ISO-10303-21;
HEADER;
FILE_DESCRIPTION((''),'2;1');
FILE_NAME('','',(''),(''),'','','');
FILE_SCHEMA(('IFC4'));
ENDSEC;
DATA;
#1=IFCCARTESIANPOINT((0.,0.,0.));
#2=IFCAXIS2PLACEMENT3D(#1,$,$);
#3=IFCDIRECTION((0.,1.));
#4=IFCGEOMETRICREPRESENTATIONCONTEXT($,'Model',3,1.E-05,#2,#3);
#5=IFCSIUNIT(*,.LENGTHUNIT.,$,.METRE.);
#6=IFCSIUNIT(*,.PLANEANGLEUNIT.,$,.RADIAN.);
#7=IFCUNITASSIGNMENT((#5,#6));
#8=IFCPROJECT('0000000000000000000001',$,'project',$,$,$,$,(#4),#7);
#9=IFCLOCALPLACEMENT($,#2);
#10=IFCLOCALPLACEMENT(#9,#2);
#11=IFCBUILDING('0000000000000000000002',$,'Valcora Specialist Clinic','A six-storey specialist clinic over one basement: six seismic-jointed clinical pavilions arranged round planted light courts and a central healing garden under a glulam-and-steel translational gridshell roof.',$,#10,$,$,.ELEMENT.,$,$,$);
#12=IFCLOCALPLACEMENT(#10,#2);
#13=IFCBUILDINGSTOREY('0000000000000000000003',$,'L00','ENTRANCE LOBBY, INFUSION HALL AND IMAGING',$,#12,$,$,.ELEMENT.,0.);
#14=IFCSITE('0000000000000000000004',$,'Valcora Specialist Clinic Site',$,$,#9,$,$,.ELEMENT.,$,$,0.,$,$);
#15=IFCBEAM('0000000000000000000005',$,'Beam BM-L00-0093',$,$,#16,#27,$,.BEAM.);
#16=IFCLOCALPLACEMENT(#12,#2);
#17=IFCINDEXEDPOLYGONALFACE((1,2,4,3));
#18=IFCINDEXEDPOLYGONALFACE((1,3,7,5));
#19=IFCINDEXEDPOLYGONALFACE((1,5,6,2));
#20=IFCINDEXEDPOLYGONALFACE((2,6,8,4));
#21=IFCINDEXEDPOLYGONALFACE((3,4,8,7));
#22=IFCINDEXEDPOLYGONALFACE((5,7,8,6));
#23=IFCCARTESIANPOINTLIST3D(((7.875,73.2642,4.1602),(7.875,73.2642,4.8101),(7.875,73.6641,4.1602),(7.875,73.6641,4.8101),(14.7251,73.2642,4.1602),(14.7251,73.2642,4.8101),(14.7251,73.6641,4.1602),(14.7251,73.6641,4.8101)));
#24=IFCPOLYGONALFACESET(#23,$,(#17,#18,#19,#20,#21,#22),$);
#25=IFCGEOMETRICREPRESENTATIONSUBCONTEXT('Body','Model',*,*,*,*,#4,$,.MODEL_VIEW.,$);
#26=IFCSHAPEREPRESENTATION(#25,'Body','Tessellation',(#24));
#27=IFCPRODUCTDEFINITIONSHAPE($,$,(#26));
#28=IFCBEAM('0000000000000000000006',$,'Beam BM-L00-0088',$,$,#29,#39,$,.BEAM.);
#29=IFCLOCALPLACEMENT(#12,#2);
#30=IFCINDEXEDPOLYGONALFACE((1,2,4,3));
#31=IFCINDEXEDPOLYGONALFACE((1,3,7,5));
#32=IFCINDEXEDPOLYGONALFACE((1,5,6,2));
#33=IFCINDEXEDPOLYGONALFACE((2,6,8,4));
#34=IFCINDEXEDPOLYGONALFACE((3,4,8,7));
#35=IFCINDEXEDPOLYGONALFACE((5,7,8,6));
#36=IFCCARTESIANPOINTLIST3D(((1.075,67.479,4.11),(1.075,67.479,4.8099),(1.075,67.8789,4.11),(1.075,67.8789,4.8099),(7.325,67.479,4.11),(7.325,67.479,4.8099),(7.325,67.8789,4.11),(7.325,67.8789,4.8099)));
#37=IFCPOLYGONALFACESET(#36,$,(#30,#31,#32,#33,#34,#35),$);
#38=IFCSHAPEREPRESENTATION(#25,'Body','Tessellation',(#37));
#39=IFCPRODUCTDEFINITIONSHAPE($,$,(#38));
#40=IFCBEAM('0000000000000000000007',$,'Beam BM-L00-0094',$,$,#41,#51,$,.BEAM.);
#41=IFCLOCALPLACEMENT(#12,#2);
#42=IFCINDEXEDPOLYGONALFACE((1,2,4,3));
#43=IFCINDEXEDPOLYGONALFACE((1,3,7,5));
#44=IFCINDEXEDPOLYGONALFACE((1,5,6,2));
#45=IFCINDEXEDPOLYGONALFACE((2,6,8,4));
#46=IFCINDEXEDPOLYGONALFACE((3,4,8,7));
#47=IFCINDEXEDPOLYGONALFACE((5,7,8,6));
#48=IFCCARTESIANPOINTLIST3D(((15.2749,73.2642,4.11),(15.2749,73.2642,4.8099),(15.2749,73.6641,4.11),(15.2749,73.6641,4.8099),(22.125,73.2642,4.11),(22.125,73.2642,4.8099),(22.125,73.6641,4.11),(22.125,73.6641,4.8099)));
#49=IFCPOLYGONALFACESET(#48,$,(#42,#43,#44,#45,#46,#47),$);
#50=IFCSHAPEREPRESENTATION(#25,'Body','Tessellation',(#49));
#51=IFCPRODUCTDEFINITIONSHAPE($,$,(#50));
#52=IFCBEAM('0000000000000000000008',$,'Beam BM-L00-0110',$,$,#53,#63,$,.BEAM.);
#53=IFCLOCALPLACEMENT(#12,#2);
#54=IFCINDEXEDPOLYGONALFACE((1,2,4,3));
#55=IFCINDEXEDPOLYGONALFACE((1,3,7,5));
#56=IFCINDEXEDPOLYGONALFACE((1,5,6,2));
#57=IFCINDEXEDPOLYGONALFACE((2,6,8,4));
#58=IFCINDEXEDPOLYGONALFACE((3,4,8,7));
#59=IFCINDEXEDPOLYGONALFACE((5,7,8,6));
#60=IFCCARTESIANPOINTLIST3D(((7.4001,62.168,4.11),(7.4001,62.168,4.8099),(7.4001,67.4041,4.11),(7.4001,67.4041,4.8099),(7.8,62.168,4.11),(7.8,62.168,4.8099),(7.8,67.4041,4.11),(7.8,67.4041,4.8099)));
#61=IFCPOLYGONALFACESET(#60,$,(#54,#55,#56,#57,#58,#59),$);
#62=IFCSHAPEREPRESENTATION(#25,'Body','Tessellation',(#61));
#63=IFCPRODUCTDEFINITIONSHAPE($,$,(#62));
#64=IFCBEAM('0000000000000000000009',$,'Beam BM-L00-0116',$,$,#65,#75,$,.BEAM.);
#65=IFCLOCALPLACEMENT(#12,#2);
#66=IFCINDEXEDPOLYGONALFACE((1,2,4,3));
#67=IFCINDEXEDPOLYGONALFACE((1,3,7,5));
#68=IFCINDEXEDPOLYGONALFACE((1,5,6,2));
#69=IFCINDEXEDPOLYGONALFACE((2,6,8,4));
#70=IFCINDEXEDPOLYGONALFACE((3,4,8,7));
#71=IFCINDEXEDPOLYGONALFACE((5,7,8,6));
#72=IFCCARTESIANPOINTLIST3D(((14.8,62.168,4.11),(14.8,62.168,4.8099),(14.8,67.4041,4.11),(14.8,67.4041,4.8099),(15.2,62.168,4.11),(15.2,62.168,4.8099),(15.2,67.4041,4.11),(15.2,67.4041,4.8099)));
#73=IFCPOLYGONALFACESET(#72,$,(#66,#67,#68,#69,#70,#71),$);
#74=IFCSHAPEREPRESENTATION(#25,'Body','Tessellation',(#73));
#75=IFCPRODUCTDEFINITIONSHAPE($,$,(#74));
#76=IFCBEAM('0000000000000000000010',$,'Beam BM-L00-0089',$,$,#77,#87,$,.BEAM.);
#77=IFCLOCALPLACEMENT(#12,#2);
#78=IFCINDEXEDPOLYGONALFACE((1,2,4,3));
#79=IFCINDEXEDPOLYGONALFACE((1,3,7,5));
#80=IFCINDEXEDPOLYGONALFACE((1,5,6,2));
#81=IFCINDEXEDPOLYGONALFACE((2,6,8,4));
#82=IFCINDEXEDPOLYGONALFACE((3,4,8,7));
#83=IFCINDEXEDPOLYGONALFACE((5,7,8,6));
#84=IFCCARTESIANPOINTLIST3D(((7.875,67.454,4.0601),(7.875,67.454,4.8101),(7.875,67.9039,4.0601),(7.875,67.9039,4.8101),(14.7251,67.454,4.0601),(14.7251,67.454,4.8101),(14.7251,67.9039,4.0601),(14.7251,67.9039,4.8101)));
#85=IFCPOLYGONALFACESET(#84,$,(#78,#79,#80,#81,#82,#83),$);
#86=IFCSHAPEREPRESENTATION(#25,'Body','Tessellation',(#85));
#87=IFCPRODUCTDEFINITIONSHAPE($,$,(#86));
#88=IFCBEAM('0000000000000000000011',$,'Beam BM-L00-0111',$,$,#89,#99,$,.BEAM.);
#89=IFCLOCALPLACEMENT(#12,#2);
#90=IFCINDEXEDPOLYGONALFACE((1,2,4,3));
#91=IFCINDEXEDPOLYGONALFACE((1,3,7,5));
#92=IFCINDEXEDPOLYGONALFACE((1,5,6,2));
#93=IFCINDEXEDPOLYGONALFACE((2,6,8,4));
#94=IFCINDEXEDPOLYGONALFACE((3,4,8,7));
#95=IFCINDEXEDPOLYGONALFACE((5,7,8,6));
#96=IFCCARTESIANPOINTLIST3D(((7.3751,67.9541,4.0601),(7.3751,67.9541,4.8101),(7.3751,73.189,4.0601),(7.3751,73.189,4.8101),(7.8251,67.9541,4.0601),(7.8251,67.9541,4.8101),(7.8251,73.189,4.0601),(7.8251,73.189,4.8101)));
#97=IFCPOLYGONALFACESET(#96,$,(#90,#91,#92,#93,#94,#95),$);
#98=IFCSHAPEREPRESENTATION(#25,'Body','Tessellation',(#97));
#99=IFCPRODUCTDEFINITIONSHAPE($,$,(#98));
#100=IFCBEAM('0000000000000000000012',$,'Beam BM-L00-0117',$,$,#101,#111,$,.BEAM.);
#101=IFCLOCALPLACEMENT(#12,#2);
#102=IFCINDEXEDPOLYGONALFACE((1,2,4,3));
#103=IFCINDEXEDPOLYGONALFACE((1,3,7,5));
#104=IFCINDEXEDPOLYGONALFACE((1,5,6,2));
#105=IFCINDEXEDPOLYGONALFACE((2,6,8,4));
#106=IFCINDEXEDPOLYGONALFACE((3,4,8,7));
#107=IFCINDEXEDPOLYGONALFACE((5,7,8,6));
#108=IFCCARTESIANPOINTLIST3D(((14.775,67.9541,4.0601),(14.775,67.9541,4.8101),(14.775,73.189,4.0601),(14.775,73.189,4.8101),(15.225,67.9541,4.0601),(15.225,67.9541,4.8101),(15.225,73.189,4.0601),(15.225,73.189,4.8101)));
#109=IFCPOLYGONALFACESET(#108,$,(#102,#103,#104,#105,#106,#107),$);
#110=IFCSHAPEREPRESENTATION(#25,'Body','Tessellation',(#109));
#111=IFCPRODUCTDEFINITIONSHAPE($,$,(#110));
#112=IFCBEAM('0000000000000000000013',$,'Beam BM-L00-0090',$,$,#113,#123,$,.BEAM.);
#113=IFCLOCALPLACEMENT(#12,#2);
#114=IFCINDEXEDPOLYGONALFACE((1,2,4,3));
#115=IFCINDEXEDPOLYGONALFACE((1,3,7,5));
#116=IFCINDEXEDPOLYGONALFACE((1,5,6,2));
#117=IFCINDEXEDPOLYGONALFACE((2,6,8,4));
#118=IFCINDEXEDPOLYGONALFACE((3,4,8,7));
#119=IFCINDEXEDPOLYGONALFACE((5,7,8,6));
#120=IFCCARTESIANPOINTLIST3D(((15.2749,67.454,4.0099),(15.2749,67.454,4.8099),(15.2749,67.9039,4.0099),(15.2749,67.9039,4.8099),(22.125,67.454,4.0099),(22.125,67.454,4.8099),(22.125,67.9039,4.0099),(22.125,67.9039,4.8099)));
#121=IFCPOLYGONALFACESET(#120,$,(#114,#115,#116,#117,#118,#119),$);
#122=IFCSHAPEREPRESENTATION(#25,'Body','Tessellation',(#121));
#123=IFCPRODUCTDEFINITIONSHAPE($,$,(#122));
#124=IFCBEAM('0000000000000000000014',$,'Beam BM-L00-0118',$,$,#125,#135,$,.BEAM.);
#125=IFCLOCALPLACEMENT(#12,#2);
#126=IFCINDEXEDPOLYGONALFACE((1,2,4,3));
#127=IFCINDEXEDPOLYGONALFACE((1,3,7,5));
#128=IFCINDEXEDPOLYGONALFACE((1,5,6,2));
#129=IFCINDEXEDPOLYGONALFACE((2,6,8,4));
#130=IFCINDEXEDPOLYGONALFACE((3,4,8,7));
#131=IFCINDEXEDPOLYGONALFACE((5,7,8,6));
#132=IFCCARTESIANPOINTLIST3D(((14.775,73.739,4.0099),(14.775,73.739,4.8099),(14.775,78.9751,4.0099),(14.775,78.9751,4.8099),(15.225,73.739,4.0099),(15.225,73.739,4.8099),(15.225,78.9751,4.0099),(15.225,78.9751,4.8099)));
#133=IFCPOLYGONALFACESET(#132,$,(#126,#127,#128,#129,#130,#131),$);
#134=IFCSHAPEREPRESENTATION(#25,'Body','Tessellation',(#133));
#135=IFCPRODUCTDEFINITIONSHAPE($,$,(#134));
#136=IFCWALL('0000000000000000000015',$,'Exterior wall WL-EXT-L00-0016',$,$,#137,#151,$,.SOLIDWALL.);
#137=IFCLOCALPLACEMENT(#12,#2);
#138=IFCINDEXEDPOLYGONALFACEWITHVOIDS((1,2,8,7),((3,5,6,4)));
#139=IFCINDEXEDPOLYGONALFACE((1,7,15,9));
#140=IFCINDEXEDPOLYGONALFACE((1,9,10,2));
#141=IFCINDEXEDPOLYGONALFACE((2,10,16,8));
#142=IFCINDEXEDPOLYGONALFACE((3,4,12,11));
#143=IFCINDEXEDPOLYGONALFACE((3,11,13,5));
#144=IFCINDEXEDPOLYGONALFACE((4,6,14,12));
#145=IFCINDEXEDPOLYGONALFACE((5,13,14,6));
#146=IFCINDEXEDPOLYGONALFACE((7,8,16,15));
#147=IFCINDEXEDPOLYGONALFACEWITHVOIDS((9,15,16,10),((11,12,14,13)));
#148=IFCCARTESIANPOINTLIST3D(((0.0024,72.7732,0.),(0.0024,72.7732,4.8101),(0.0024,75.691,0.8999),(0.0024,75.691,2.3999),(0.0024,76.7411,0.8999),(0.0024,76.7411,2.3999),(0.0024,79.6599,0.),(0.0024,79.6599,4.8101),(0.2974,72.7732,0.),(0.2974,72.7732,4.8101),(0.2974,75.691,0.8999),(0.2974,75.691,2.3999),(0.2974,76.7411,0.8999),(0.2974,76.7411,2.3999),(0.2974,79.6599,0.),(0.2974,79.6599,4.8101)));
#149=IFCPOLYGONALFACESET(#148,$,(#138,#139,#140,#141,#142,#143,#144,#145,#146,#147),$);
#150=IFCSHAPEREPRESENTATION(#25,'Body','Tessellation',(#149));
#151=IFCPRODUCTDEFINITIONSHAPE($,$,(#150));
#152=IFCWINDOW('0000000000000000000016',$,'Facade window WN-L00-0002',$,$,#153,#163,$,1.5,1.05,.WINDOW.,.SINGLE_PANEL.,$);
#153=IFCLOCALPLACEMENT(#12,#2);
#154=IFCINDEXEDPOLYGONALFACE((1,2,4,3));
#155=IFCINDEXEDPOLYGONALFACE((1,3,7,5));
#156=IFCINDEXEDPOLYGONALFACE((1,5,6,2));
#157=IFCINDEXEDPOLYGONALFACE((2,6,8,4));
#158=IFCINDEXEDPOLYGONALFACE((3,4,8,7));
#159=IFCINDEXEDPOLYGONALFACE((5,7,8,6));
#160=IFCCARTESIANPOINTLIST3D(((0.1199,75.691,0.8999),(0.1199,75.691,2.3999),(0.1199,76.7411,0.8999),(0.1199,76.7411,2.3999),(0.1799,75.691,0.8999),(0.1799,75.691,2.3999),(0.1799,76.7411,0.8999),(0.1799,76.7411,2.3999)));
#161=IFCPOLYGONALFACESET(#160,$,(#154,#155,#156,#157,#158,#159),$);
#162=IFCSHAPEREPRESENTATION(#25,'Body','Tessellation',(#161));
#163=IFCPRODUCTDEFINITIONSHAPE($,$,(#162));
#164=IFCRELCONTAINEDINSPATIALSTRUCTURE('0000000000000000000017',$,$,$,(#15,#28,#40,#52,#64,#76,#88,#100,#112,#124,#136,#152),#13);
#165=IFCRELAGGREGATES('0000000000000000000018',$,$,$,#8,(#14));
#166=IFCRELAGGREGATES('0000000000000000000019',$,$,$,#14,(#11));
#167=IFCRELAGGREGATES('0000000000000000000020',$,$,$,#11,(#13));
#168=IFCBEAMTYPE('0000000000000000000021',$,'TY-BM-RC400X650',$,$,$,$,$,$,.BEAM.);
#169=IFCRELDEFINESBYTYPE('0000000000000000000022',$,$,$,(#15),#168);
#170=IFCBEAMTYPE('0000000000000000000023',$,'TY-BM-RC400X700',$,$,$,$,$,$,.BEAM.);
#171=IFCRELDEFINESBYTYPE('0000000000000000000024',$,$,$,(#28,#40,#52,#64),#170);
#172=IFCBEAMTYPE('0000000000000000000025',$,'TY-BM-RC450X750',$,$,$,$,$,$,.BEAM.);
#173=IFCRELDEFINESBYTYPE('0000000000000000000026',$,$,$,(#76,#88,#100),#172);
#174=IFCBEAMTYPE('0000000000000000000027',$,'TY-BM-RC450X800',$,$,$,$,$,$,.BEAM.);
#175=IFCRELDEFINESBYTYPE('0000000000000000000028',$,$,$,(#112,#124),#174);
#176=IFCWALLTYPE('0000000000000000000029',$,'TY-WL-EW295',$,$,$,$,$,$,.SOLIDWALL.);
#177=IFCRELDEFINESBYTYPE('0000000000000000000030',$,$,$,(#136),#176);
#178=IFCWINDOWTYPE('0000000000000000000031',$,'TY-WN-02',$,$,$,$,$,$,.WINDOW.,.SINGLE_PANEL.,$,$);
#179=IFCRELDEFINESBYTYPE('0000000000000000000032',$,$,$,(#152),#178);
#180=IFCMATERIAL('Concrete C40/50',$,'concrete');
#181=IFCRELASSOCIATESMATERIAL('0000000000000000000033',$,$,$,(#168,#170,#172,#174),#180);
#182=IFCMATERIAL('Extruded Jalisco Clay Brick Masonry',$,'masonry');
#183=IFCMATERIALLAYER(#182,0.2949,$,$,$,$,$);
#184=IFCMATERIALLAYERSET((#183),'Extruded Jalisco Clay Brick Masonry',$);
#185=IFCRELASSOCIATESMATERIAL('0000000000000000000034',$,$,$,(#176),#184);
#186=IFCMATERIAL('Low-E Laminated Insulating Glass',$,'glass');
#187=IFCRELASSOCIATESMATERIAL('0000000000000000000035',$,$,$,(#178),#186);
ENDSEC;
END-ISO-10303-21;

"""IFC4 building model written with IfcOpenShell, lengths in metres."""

from ifc_helpers import new_model, si_unit, direction, frame, frame_2d, origin, origin_2d, place, context, subcontext, project, spatial, rectangle, extrude, material, layer, layer_set, material_profile, profile_set, type_object, element, fill, save


model = new_model("IFC4")

# Units and contexts
model_context = context("Model", 3, precision=1e-05, world=origin(), true_north=direction((0.0, 1.0)))
body_context = subcontext(model_context, "Body", "Model", "MODEL_VIEW")
ifc_project = project(units=[si_unit("LENGTHUNIT", "METRE"), si_unit("PLANEANGLEUNIT", "RADIAN")], contexts=[model_context])

# Site, building, storey
site_placement = place(None, origin())
site = spatial("IfcSite", under=ifc_project, at=site_placement, Name="Valcora Specialist Clinic Site", CompositionType="ELEMENT", RefElevation=0.0)
building_placement = place(site_placement, origin())
building = spatial("IfcBuilding", under=site, at=building_placement, Name="Valcora Specialist Clinic", Description="A six-storey specialist clinic over one basement: six seismic-jointed clinical pavilions arranged round planted light courts and a central healing garden under a glulam-and-steel translational gridshell roof.", CompositionType="ELEMENT")
storey_placement = place(building_placement, origin())
storey = spatial("IfcBuildingStorey", under=building, at=storey_placement, Name="L00", Description="ENTRANCE LOBBY, INFUSION HALL AND IMAGING", CompositionType="ELEMENT", Elevation=0.0)

# Shared definitions
ifc_material_1 = material(Name="Concrete C40/50", Category="concrete")

# Beams
ifc_material_profile_1 = material_profile(ifc_material_1, rectangle(XDim=0.3999, YDim=0.6499, at=origin_2d()), Name="RC-BM-400X650")
ifc_profile_set_1 = profile_set([ifc_material_profile_1], Name="Concrete C40/50")
beam_type_1 = type_object("IfcBeamType", Name="TY-BM-RC400X650", PredefinedType="BEAM", material=ifc_profile_set_1)
beam_1_placement = place(storey_placement, frame((7.875, 73.4641, 4.4851), z_axis=(1.0, 0.0, 0.0), x_axis=(0.0, 1.0, 0.0)))
element("IfcBeam", 1, at=beam_1_placement, inside=storey, type_object=beam_type_1, Name="Beam BM-L00-0093", PredefinedType="BEAM", context=body_context, shape_type="SweptSolid", body=[
    extrude(rectangle(XDim=0.3999, YDim=0.6499, at=origin_2d()), origin(), (0.0, 0.0, 1.0), 6.8501),
])
ifc_material_profile_2 = material_profile(ifc_material_1, rectangle(XDim=0.3999, YDim=0.7, at=origin_2d()), Name="RC-BM-400X700")
ifc_profile_set_2 = profile_set([ifc_material_profile_2], Name="Concrete C40/50")
beam_type_2 = type_object("IfcBeamType", Name="TY-BM-RC400X700", PredefinedType="BEAM", material=ifc_profile_set_2)
beam_2_placement = place(storey_placement, frame((1.075, 67.679, 4.46), z_axis=(1.0, 0.0, 0.0), x_axis=(0.0, 1.0, 0.0)))
element("IfcBeam", 2, at=beam_2_placement, inside=storey, type_object=beam_type_2, Name="Beam BM-L00-0088", PredefinedType="BEAM", context=body_context, shape_type="SweptSolid", body=[
    extrude(rectangle(XDim=0.3999, YDim=0.7, at=origin_2d()), origin(), (0.0, 0.0, 1.0), 6.25),
])
beam_3_placement = place(storey_placement, frame((15.2749, 73.4641, 4.46), z_axis=(1.0, 0.0, 0.0), x_axis=(0.0, 1.0, 0.0)))
element("IfcBeam", 3, at=beam_3_placement, inside=storey, type_object=beam_type_2, Name="Beam BM-L00-0094", PredefinedType="BEAM", context=body_context, shape_type="SweptSolid", body=[
    extrude(rectangle(XDim=0.3999, YDim=0.7, at=origin_2d()), origin(), (0.0, 0.0, 1.0), 6.8501),
])
for number, where, z_axis, x_axis, name in (
    (4, (7.6001, 62.168, 4.46), (0.0, 1.0, 0.0), (-1.0, 0.0, 0.0), "Beam BM-L00-0110"),
    (5, (15.0, 62.168, 4.46), (0.0, 1.0, 0.0), (-1.0, 0.0, 0.0), "Beam BM-L00-0116"),
):
    element("IfcBeam", number, at=place(storey_placement, frame(where, z_axis=z_axis, x_axis=x_axis)), inside=storey, type_object=beam_type_2, Name=name, PredefinedType="BEAM", context=body_context, shape_type="SweptSolid", body=[
        extrude(rectangle(XDim=0.3999, YDim=0.7, at=origin_2d()), origin(), (0.0, 0.0, 1.0), 5.2361),
    ])
ifc_material_profile_3 = material_profile(ifc_material_1, rectangle(XDim=0.45, YDim=0.75, at=origin_2d()), Name="RC-BM-450X750")
ifc_profile_set_3 = profile_set([ifc_material_profile_3], Name="Concrete C40/50")
beam_type_3 = type_object("IfcBeamType", Name="TY-BM-RC450X750", PredefinedType="BEAM", material=ifc_profile_set_3)
beam_4_placement = place(storey_placement, frame((7.875, 67.679, 4.4351), z_axis=(1.0, 0.0, 0.0), x_axis=(0.0, 1.0, 0.0)))
element("IfcBeam", 6, at=beam_4_placement, inside=storey, type_object=beam_type_3, Name="Beam BM-L00-0089", PredefinedType="BEAM", context=body_context, shape_type="SweptSolid", body=[
    extrude(rectangle(XDim=0.45, YDim=0.75, at=origin_2d()), origin(), (0.0, 0.0, 1.0), 6.8501),
])
for number, where, z_axis, x_axis, name in (
    (7, (7.6001, 67.9541, 4.4351), (0.0, 1.0, 0.0), (-1.0, 0.0, 0.0), "Beam BM-L00-0111"),
    (8, (15.0, 67.9541, 4.4351), (0.0, 1.0, 0.0), (-1.0, 0.0, 0.0), "Beam BM-L00-0117"),
):
    element("IfcBeam", number, at=place(storey_placement, frame(where, z_axis=z_axis, x_axis=x_axis)), inside=storey, type_object=beam_type_3, Name=name, PredefinedType="BEAM", context=body_context, shape_type="SweptSolid", body=[
        extrude(rectangle(XDim=0.45, YDim=0.75, at=origin_2d()), origin(), (0.0, 0.0, 1.0), 5.2349),
    ])
ifc_material_profile_4 = material_profile(ifc_material_1, rectangle(XDim=0.45, YDim=0.8, at=origin_2d()), Name="RC-BM-450X800")
ifc_profile_set_4 = profile_set([ifc_material_profile_4], Name="Concrete C40/50")
beam_type_4 = type_object("IfcBeamType", Name="TY-BM-RC450X800", PredefinedType="BEAM", material=ifc_profile_set_4)
beam_5_placement = place(storey_placement, frame((15.2749, 67.679, 4.4099), z_axis=(1.0, 0.0, 0.0), x_axis=(0.0, 1.0, 0.0)))
element("IfcBeam", 9, at=beam_5_placement, inside=storey, type_object=beam_type_4, Name="Beam BM-L00-0090", PredefinedType="BEAM", context=body_context, shape_type="SweptSolid", body=[
    extrude(rectangle(XDim=0.45, YDim=0.8, at=origin_2d()), origin(), (0.0, 0.0, 1.0), 6.8501),
])
beam_6_placement = place(storey_placement, frame((15.0, 73.739, 4.4099), z_axis=(0.0, 1.0, 0.0), x_axis=(-1.0, 0.0, 0.0)))
element("IfcBeam", 10, at=beam_6_placement, inside=storey, type_object=beam_type_4, Name="Beam BM-L00-0118", PredefinedType="BEAM", context=body_context, shape_type="SweptSolid", body=[
    extrude(rectangle(XDim=0.45, YDim=0.8, at=origin_2d()), origin(), (0.0, 0.0, 1.0), 5.2361),
])

# Wall, opening, window
ifc_material_2 = material(Name="Extruded Jalisco Clay Brick Masonry", Category="masonry")
ifc_layer_1 = layer(ifc_material_2, 0.2949)
ifc_layer_set_1 = layer_set([ifc_layer_1], Name="Extruded Jalisco Clay Brick Masonry")
wall_type_1 = type_object("IfcWallType", Name="TY-WL-EW295", PredefinedType="SOLIDWALL", material=ifc_layer_set_1)
wall_1_placement = place(storey_placement, frame((0.1499, 72.7732, 0.0), z_axis=(0.0, 0.0, 1.0), x_axis=(0.0, 1.0, 0.0)))
wall_1 = element("IfcWall", 11, at=wall_1_placement, inside=storey, type_object=wall_type_1, Name="Exterior wall WL-EXT-L00-0016", PredefinedType="SOLIDWALL", context=body_context, shape_type="SweptSolid", body=[
    extrude(rectangle(XDim=6.8867, YDim=0.2949, at=frame_2d((3.4434, 0.0))), origin(), (0.0, 0.0, 1.0), 4.8101),
])
opening_1_placement = place(wall_1_placement, frame((2.918, 0.0, 0.8999)))
opening_1 = element("IfcOpeningElement", 12, at=opening_1_placement, cuts=wall_1, PredefinedType="OPENING", context=body_context, shape_type="SweptSolid", body=[
    extrude(rectangle(XDim=1.05, YDim=1.5, at=frame_2d((0.5249, 0.75))), frame((0.0, 0.1575, 0.0), z_axis=(0.0, -1.0, 0.0), x_axis=(1.0, 0.0, 0.0)), (0.0, 0.0, 1.0), 0.3149),
])
ifc_material_3 = material(Name="Low-E Laminated Insulating Glass", Category="glass")
window_type = type_object("IfcWindowType", Name="TY-WN-02", PartitioningType="SINGLE_PANEL", PredefinedType="WINDOW", material=ifc_material_3)
window_placement = place(opening_1_placement, origin())
window = element("IfcWindow", 13, at=window_placement, inside=storey, type_object=window_type, Name="Facade window WN-L00-0002", OverallHeight=1.5, OverallWidth=1.05, PartitioningType="SINGLE_PANEL", PredefinedType="WINDOW", context=body_context, shape_type="SweptSolid", body=[
    extrude(rectangle(XDim=1.05, YDim=1.5, at=frame_2d((0.5249, 0.75))), frame((0.0, 0.03, 0.0), z_axis=(0.0, -1.0, 0.0), x_axis=(1.0, 0.0, 0.0)), (0.0, 0.0, 1.0), 0.0601),
])
fill(opening_1, window)

save(model, "model.ifc")
